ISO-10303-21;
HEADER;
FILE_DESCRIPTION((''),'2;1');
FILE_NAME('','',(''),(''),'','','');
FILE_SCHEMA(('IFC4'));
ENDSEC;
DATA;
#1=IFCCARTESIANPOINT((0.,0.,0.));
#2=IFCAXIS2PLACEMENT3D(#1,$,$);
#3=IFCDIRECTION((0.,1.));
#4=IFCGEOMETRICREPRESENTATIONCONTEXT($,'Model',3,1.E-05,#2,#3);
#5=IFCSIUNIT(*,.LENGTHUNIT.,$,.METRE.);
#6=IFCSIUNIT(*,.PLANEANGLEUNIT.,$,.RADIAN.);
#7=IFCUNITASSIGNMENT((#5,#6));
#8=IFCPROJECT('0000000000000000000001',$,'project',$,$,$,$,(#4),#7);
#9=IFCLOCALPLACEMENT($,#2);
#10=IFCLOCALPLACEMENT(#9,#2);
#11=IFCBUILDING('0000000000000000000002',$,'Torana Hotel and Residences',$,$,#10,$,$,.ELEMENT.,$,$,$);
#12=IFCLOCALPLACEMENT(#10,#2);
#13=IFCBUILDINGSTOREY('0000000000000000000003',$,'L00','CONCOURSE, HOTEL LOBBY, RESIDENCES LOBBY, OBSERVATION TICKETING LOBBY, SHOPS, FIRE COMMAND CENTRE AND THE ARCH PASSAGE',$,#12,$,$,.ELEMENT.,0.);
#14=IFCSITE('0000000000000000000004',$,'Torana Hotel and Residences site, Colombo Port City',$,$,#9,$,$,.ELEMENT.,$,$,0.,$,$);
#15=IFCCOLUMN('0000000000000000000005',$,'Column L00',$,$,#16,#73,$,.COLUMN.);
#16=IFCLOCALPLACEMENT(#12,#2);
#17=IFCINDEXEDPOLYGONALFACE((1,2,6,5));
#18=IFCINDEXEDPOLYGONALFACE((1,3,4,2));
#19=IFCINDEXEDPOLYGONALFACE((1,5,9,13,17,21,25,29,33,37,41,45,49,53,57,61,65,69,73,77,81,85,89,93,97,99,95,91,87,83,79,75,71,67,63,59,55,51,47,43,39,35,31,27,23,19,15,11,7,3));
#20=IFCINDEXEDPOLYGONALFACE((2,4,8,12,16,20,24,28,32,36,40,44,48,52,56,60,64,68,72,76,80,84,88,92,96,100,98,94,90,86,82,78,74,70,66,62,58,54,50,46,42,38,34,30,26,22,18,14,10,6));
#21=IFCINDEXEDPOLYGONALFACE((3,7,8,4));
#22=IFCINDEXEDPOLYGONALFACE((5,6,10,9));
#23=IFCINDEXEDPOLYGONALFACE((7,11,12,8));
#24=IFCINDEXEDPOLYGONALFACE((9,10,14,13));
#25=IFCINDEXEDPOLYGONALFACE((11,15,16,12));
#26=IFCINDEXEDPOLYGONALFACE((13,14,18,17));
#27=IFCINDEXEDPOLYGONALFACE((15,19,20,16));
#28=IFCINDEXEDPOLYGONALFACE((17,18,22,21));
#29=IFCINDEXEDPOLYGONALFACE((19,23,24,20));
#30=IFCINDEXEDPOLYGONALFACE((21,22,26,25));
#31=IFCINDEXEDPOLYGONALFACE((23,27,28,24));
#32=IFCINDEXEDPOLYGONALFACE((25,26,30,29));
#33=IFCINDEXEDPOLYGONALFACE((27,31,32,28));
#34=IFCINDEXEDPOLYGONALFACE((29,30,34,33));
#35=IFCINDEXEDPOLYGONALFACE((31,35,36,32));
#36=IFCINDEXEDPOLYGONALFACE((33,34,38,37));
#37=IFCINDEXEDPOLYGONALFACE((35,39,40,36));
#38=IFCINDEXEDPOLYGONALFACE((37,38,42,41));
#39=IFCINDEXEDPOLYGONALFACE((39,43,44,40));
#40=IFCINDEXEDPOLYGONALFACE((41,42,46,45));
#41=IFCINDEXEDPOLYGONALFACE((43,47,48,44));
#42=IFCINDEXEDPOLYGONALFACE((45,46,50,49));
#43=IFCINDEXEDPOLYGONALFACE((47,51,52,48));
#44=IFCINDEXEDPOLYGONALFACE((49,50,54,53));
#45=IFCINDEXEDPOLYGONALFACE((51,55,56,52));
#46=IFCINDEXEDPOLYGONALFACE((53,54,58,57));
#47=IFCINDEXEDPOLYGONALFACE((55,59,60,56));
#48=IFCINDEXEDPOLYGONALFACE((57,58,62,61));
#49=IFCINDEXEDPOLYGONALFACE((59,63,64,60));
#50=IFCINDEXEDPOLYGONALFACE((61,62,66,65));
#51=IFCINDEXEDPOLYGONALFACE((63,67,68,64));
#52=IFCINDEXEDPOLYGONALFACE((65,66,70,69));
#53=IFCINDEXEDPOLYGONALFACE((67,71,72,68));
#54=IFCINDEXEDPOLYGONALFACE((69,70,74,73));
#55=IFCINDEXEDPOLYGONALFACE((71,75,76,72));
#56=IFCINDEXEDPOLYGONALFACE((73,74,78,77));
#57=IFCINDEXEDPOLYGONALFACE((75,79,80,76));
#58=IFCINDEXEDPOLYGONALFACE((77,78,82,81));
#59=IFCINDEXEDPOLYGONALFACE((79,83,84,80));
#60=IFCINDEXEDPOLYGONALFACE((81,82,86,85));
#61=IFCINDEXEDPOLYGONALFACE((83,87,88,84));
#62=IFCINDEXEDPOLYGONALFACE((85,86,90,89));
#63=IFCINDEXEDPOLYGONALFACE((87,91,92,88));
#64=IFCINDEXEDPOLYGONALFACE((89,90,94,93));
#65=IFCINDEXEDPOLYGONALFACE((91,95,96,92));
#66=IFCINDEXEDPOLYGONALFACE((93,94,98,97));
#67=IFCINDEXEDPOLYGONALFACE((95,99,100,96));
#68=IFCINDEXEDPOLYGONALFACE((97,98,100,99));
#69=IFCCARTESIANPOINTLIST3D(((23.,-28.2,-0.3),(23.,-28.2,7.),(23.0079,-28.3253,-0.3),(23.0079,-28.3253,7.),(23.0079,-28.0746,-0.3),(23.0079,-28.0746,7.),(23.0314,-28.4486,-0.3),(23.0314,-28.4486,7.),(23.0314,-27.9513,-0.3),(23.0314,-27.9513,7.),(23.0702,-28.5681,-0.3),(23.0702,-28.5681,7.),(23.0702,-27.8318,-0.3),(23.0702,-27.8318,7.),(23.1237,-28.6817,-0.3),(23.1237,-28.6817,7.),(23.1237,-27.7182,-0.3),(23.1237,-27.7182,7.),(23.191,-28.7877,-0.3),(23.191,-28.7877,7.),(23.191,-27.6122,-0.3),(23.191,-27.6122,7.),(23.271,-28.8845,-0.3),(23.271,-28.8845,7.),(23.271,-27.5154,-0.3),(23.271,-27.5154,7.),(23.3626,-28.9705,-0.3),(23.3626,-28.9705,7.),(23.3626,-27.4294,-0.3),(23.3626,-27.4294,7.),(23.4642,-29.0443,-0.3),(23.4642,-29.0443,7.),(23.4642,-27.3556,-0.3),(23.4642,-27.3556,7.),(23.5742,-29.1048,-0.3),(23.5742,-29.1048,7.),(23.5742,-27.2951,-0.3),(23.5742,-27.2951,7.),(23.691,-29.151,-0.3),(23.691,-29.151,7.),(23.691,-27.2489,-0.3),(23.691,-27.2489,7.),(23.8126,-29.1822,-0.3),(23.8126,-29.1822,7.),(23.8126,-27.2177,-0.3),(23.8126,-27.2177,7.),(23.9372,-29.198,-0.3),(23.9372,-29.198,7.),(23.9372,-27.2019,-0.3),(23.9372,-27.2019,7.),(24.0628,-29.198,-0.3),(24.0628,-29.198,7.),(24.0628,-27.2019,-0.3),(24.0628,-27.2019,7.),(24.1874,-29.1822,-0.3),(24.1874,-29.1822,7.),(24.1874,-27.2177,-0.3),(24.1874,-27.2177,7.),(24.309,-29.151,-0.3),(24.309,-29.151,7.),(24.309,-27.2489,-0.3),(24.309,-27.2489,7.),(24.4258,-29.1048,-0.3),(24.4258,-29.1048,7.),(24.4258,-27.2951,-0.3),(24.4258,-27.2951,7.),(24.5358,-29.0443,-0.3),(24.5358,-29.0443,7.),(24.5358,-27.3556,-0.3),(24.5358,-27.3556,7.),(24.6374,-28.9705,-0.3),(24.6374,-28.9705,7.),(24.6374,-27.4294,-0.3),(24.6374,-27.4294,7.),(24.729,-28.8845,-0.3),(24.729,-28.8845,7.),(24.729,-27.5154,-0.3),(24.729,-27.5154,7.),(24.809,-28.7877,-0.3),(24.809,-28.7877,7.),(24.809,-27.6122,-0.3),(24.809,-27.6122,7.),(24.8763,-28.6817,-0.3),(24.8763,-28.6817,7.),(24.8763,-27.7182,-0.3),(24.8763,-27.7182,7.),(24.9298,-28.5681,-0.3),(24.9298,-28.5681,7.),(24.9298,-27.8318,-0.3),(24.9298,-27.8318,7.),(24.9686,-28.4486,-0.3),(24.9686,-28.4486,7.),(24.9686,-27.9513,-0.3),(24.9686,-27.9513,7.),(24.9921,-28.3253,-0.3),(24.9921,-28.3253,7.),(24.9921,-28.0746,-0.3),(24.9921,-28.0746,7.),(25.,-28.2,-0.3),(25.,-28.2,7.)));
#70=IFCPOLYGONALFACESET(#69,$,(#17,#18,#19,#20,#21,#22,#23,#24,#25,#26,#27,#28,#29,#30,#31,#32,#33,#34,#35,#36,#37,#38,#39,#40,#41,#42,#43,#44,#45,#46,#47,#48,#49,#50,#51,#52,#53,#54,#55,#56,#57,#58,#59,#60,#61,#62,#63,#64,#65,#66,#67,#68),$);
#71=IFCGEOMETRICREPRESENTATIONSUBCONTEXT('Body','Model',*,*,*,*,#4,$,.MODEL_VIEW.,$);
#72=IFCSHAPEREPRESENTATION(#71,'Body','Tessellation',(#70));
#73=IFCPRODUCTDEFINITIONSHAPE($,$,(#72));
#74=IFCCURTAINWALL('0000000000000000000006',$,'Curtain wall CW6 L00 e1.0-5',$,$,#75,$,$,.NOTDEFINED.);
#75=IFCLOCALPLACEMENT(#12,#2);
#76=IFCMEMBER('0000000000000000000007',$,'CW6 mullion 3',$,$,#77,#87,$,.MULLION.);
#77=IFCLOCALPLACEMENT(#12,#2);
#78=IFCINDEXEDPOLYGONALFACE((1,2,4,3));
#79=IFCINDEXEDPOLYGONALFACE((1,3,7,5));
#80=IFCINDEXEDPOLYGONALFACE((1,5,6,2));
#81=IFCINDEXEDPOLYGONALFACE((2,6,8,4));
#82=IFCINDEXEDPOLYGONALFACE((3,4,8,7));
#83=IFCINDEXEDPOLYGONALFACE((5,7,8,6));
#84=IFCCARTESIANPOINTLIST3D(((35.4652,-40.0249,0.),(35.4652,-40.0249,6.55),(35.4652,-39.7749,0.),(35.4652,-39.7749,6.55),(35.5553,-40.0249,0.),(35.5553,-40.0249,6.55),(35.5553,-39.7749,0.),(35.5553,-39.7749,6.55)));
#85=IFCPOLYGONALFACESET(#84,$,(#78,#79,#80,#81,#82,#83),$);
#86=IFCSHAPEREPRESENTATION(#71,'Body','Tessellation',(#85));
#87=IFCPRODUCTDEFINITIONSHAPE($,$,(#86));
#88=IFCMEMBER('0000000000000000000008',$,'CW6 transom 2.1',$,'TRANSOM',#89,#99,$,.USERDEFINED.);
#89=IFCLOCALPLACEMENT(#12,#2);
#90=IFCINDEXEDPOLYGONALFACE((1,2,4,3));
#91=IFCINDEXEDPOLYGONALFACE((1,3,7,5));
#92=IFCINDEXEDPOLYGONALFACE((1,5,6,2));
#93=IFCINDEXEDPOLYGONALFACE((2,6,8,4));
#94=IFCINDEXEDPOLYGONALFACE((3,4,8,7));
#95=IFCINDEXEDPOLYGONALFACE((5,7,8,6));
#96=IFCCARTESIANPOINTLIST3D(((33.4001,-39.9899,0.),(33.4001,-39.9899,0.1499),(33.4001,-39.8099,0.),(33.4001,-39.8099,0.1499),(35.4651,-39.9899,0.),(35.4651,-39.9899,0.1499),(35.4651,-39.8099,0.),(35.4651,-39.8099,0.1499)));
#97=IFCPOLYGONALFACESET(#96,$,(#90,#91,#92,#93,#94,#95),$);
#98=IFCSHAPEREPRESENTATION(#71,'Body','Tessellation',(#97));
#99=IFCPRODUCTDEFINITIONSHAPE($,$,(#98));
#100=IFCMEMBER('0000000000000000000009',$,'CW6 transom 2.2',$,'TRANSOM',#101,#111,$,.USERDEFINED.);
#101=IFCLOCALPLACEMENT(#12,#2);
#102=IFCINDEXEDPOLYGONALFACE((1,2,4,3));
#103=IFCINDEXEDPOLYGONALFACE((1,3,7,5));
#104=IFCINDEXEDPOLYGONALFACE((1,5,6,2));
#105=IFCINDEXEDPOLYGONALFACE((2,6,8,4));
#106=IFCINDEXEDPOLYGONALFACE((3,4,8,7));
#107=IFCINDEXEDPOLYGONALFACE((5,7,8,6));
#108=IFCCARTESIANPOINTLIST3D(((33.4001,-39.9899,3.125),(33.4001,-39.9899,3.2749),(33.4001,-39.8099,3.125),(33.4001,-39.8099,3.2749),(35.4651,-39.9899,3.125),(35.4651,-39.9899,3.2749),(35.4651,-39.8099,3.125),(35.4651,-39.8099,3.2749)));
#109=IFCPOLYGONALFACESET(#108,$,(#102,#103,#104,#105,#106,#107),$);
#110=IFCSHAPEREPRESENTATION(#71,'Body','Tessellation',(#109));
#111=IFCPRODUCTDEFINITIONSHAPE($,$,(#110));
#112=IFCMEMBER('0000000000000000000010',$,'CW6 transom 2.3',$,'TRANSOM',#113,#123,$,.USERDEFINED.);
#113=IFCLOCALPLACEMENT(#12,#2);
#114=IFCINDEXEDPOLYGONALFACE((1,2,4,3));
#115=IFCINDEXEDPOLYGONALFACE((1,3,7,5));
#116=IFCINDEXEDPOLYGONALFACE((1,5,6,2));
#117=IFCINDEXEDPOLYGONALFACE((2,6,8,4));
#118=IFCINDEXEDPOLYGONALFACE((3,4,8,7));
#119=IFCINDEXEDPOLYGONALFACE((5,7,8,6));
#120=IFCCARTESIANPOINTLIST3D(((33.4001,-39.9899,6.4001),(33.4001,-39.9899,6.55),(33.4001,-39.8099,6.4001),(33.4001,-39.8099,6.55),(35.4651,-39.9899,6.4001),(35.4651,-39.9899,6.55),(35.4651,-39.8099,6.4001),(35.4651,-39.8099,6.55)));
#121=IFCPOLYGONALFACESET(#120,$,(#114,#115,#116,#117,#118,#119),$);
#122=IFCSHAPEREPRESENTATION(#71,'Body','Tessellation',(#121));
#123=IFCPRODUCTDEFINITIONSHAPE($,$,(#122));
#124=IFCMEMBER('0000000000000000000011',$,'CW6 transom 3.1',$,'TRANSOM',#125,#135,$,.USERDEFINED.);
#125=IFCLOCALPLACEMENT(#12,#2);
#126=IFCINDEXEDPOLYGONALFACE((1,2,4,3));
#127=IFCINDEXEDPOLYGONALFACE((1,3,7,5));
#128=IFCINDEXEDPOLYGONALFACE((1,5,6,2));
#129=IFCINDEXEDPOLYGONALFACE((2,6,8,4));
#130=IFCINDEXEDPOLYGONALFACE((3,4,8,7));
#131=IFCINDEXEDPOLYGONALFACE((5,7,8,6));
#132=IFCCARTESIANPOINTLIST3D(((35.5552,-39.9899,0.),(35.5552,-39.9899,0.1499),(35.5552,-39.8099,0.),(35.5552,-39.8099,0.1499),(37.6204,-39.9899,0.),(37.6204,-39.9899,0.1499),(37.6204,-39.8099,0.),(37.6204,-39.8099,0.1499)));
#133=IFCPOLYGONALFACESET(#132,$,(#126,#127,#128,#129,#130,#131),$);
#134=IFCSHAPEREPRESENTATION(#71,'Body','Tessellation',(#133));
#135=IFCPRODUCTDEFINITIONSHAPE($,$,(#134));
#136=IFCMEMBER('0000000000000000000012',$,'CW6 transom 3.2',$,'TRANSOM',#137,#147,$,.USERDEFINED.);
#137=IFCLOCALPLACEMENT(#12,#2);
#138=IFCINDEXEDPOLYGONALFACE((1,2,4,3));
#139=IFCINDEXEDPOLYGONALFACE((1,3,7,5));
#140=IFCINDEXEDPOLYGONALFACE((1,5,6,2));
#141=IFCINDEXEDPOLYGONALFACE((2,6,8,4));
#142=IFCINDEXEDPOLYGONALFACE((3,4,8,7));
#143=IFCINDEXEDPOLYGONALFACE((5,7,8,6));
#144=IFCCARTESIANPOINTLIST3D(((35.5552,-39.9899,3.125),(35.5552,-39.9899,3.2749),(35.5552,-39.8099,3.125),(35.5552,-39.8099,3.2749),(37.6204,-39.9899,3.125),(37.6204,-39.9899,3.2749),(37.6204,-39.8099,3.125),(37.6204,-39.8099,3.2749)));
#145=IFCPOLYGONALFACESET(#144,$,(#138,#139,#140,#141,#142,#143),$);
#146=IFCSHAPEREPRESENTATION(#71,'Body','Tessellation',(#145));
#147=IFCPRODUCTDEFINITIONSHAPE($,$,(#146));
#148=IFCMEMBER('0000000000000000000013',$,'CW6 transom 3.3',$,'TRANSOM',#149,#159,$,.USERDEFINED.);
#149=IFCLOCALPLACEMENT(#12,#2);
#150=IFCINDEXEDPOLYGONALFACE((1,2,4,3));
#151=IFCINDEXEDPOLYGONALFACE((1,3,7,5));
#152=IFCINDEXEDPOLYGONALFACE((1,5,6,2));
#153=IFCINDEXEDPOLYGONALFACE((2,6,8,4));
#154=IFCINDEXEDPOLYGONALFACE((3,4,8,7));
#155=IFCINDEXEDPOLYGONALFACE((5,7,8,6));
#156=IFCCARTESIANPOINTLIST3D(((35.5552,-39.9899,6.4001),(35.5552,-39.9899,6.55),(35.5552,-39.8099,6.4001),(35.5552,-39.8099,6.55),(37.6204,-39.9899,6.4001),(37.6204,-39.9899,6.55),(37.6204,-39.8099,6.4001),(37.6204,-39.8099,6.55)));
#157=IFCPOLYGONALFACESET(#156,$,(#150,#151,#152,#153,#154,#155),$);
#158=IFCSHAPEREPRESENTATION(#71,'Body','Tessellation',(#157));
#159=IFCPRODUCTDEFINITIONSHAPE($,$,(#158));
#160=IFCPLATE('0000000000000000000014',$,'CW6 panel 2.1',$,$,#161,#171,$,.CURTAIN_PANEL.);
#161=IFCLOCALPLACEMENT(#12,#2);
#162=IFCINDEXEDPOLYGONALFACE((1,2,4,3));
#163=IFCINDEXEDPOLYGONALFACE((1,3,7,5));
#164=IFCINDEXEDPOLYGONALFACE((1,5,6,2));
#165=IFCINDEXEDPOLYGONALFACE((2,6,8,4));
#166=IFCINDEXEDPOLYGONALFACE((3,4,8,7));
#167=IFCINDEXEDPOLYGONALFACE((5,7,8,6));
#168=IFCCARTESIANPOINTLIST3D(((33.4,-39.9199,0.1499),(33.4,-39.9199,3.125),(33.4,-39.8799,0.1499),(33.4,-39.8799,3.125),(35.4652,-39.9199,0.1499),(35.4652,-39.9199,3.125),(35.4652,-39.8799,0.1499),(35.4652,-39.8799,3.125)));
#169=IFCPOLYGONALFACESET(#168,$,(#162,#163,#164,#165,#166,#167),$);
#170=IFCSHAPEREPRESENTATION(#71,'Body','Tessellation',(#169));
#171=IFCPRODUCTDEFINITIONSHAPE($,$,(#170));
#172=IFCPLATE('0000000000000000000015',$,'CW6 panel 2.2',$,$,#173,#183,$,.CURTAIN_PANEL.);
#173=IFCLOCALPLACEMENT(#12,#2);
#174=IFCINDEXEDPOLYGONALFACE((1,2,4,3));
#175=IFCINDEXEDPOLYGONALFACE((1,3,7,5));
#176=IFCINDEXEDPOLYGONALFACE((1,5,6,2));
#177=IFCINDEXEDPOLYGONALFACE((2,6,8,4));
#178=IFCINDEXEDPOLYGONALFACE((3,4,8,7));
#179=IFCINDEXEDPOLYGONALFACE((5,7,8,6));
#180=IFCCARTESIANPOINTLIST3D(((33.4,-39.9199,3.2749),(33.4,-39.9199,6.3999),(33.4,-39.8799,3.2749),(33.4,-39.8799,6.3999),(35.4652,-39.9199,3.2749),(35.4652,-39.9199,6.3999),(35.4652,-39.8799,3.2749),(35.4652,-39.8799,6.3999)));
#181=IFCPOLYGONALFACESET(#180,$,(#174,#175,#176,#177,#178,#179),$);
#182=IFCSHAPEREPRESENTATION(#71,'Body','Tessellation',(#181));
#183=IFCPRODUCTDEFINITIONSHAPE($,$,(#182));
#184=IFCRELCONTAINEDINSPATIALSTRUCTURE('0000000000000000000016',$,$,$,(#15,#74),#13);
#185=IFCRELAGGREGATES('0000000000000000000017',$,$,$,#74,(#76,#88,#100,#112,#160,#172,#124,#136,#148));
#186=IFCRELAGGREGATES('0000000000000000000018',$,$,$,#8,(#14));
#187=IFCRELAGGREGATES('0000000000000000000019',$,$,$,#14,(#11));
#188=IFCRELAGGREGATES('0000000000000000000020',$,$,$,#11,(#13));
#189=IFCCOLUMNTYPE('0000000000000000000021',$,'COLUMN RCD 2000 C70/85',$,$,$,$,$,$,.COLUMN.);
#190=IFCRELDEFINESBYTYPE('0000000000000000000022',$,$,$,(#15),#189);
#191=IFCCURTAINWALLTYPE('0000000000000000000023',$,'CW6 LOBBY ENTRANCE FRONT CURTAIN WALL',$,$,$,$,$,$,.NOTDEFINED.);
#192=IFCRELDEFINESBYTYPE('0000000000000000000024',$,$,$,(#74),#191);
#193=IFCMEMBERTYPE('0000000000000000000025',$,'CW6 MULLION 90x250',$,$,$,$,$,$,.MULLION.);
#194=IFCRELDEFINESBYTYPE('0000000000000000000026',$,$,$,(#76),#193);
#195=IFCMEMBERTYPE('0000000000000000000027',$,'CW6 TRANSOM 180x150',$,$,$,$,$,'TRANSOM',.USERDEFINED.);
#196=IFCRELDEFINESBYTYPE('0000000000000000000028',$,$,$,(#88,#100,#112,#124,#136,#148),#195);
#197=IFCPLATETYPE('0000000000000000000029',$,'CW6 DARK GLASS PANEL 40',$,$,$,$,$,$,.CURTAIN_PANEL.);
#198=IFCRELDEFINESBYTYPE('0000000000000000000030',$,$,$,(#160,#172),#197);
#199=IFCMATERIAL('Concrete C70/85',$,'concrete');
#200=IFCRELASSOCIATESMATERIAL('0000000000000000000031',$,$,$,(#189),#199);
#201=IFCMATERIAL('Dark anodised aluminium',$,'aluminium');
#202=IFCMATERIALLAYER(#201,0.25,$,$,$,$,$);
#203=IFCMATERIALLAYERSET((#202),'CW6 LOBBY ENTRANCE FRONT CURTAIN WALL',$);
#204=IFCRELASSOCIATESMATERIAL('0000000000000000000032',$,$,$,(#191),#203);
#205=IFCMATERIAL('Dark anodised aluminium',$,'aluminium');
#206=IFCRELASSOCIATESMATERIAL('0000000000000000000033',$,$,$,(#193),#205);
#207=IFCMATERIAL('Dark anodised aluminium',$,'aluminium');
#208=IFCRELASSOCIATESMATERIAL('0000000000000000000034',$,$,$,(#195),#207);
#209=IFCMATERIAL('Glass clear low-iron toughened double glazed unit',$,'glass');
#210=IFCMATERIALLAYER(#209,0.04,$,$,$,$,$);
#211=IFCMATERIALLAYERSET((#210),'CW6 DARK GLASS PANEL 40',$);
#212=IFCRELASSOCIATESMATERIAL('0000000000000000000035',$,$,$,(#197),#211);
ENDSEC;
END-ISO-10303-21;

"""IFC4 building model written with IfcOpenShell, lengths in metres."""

from ifc_helpers import new_model, si_unit, direction, frame, origin, origin_2d, place, context, subcontext, project, spatial, rectangle, circle, extrude, material, layer, layer_set, material_profile, profile_set, type_object, element, aggregate, save


model = new_model("IFC4")

# Units and contexts
model_context = context("Model", 3, precision=1e-05, world=origin(), true_north=direction((0.0, 1.0)))
body_context = subcontext(model_context, "Body", "Model", "MODEL_VIEW")
ifc_project = project(units=[si_unit("LENGTHUNIT", "METRE"), si_unit("PLANEANGLEUNIT", "RADIAN")], contexts=[model_context])

# Site, building, storey
site_placement = place(None, origin())
site = spatial("IfcSite", under=ifc_project, at=site_placement, Name="Torana Hotel and Residences site, Colombo Port City", CompositionType="ELEMENT", RefElevation=0.0)
building_placement = place(site_placement, origin())
building = spatial("IfcBuilding", under=site, at=building_placement, Name="Torana Hotel and Residences", CompositionType="ELEMENT")
storey_placement = place(building_placement, origin())
storey = spatial("IfcBuildingStorey", under=building, at=storey_placement, Name="L00", Description="CONCOURSE, HOTEL LOBBY, RESIDENCES LOBBY, OBSERVATION TICKETING LOBBY, SHOPS, FIRE COMMAND CENTRE AND THE ARCH PASSAGE", CompositionType="ELEMENT", Elevation=0.0)

# Column
ifc_material_1 = material(Name="Concrete C70/85", Category="concrete")
ifc_material_profile_1 = material_profile(ifc_material_1, circle(Radius=1.0, at=origin_2d()), Name="RCD 2000")
ifc_profile_set_1 = profile_set([ifc_material_profile_1], Name="Concrete C70/85")
column_type_1 = type_object("IfcColumnType", Name="COLUMN RCD 2000 C70/85", PredefinedType="COLUMN", material=ifc_profile_set_1)
column_1_placement = place(storey_placement, frame((24.0, -28.2, -0.3), z_axis=(0.0, 0.0, 1.0), x_axis=(1.0, 0.0, 0.0)))
element("IfcColumn", 1, at=column_1_placement, inside=storey, type_object=column_type_1, Name="Column L00", PredefinedType="COLUMN", context=body_context, shape_type="SweptSolid", body=[
    extrude(circle(Radius=1.0, at=origin_2d()), origin(), (0.0, 0.0, 1.0), 7.3),
])

# Curtain wall, members, plates
ifc_material_2 = material(Name="Dark anodised aluminium", Category="aluminium")
ifc_layer_1 = layer(ifc_material_2, 0.25)
ifc_layer_set_1 = layer_set([ifc_layer_1], Name="CW6 LOBBY ENTRANCE FRONT CURTAIN WALL")
curtain_wall_type = type_object("IfcCurtainWallType", Name="CW6 LOBBY ENTRANCE FRONT CURTAIN WALL", PredefinedType="NOTDEFINED", material=ifc_layer_set_1)
curtain_wall_placement = place(storey_placement, origin())
curtain_wall = element("IfcCurtainWall", 2, at=curtain_wall_placement, inside=storey, type_object=curtain_wall_type, Name="Curtain wall CW6 L00 e1.0-5", PredefinedType="NOTDEFINED")
ifc_material_3 = material(Name="Dark anodised aluminium", Category="aluminium")
ifc_material_profile_2 = material_profile(ifc_material_3, rectangle(XDim=0.25, YDim=0.0901, at=origin_2d()), Name="CW6 MULLION 90x250")
ifc_profile_set_2 = profile_set([ifc_material_profile_2], Name="Dark anodised aluminium")
member_type_1 = type_object("IfcMemberType", Name="CW6 MULLION 90x250", PredefinedType="MULLION", material=ifc_profile_set_2)
member_1_placement = place(storey_placement, frame((35.5103, -39.8999, 0.0), z_axis=(0.0, 0.0, 1.0), x_axis=(0.0, 1.0, 0.0)))
member_1 = element("IfcMember", 3, at=member_1_placement, type_object=member_type_1, Name="CW6 mullion 3", PredefinedType="MULLION", context=body_context, shape_type="SweptSolid", body=[
    extrude(rectangle(XDim=0.25, YDim=0.0901, at=origin_2d()), origin(), (0.0, 0.0, 1.0), 6.55),
])
ifc_material_4 = material(Name="Dark anodised aluminium", Category="aluminium")
ifc_material_profile_3 = material_profile(ifc_material_4, rectangle(XDim=0.1799, YDim=0.1499, at=origin_2d()), Name="CW6 TRANSOM 180x150")
ifc_profile_set_3 = profile_set([ifc_material_profile_3], Name="Dark anodised aluminium")
member_type_2 = type_object("IfcMemberType", Name="CW6 TRANSOM 180x150", ElementType="TRANSOM", PredefinedType="USERDEFINED", material=ifc_profile_set_3)
member_2_placement = place(storey_placement, frame((33.4001, -39.8999, 0.075), z_axis=(1.0, 0.0, 0.0), x_axis=(0.0, 1.0, 0.0)))
member_2 = element("IfcMember", 4, at=member_2_placement, type_object=member_type_2, Name="CW6 transom 2.1", ObjectType="TRANSOM", PredefinedType="USERDEFINED", context=body_context, shape_type="SweptSolid", body=[
    extrude(rectangle(XDim=0.1799, YDim=0.1499, at=origin_2d()), origin(), (0.0, 0.0, 1.0), 2.0649),
])
member_3_placement = place(storey_placement, frame((33.4001, -39.8999, 3.2), z_axis=(1.0, 0.0, 0.0), x_axis=(0.0, 1.0, 0.0)))
member_3 = element("IfcMember", 5, at=member_3_placement, type_object=member_type_2, Name="CW6 transom 2.2", ObjectType="TRANSOM", PredefinedType="USERDEFINED", context=body_context, shape_type="SweptSolid", body=[
    extrude(rectangle(XDim=0.1799, YDim=0.1499, at=origin_2d()), origin(), (0.0, 0.0, 1.0), 2.0649),
])
member_4_placement = place(storey_placement, frame((33.4001, -39.8999, 6.4751), z_axis=(1.0, 0.0, 0.0), x_axis=(0.0, 1.0, 0.0)))
member_4 = element("IfcMember", 6, at=member_4_placement, type_object=member_type_2, Name="CW6 transom 2.3", ObjectType="TRANSOM", PredefinedType="USERDEFINED", context=body_context, shape_type="SweptSolid", body=[
    extrude(rectangle(XDim=0.1799, YDim=0.1499, at=origin_2d()), origin(), (0.0, 0.0, 1.0), 2.0649),
])
member_5_placement = place(storey_placement, frame((35.5552, -39.8999, 0.075), z_axis=(1.0, 0.0, 0.0), x_axis=(0.0, 1.0, 0.0)))
member_5 = element("IfcMember", 7, at=member_5_placement, type_object=member_type_2, Name="CW6 transom 3.1", ObjectType="TRANSOM", PredefinedType="USERDEFINED", context=body_context, shape_type="SweptSolid", body=[
    extrude(rectangle(XDim=0.1799, YDim=0.1499, at=origin_2d()), origin(), (0.0, 0.0, 1.0), 2.0652),
])
member_6_placement = place(storey_placement, frame((35.5552, -39.8999, 3.2), z_axis=(1.0, 0.0, 0.0), x_axis=(0.0, 1.0, 0.0)))
member_6 = element("IfcMember", 8, at=member_6_placement, type_object=member_type_2, Name="CW6 transom 3.2", ObjectType="TRANSOM", PredefinedType="USERDEFINED", context=body_context, shape_type="SweptSolid", body=[
    extrude(rectangle(XDim=0.1799, YDim=0.1499, at=origin_2d()), origin(), (0.0, 0.0, 1.0), 2.0652),
])
member_7_placement = place(storey_placement, frame((35.5552, -39.8999, 6.4751), z_axis=(1.0, 0.0, 0.0), x_axis=(0.0, 1.0, 0.0)))
member_7 = element("IfcMember", 9, at=member_7_placement, type_object=member_type_2, Name="CW6 transom 3.3", ObjectType="TRANSOM", PredefinedType="USERDEFINED", context=body_context, shape_type="SweptSolid", body=[
    extrude(rectangle(XDim=0.1799, YDim=0.1499, at=origin_2d()), origin(), (0.0, 0.0, 1.0), 2.0652),
])
ifc_material_5 = material(Name="Glass clear low-iron toughened double glazed unit", Category="glass")
ifc_layer_2 = layer(ifc_material_5, 0.04)
ifc_layer_set_2 = layer_set([ifc_layer_2], Name="CW6 DARK GLASS PANEL 40")
plate_type = type_object("IfcPlateType", Name="CW6 DARK GLASS PANEL 40", PredefinedType="CURTAIN_PANEL", material=ifc_layer_set_2)
plate_1_placement = place(storey_placement, frame((34.4326, -39.8999, 0.1499), z_axis=(0.0, 0.0, 1.0), x_axis=(1.0, 0.0, 0.0)))
plate_1 = element("IfcPlate", 10, at=plate_1_placement, type_object=plate_type, Name="CW6 panel 2.1", PredefinedType="CURTAIN_PANEL", context=body_context, shape_type="SweptSolid", body=[
    extrude(rectangle(XDim=2.0652, YDim=0.04, at=origin_2d()), origin(), (0.0, 0.0, 1.0), 2.9751),
])
plate_2_placement = place(storey_placement, frame((34.4326, -39.8999, 3.2749), z_axis=(0.0, 0.0, 1.0), x_axis=(1.0, 0.0, 0.0)))
plate_2 = element("IfcPlate", 11, at=plate_2_placement, type_object=plate_type, Name="CW6 panel 2.2", PredefinedType="CURTAIN_PANEL", context=body_context, shape_type="SweptSolid", body=[
    extrude(rectangle(XDim=2.0652, YDim=0.04, at=origin_2d()), origin(), (0.0, 0.0, 1.0), 3.125),
])
aggregate(curtain_wall, [member_1, member_2, member_3, member_4, plate_1, plate_2, member_5, member_6, member_7])

save(model, "model.ifc")
